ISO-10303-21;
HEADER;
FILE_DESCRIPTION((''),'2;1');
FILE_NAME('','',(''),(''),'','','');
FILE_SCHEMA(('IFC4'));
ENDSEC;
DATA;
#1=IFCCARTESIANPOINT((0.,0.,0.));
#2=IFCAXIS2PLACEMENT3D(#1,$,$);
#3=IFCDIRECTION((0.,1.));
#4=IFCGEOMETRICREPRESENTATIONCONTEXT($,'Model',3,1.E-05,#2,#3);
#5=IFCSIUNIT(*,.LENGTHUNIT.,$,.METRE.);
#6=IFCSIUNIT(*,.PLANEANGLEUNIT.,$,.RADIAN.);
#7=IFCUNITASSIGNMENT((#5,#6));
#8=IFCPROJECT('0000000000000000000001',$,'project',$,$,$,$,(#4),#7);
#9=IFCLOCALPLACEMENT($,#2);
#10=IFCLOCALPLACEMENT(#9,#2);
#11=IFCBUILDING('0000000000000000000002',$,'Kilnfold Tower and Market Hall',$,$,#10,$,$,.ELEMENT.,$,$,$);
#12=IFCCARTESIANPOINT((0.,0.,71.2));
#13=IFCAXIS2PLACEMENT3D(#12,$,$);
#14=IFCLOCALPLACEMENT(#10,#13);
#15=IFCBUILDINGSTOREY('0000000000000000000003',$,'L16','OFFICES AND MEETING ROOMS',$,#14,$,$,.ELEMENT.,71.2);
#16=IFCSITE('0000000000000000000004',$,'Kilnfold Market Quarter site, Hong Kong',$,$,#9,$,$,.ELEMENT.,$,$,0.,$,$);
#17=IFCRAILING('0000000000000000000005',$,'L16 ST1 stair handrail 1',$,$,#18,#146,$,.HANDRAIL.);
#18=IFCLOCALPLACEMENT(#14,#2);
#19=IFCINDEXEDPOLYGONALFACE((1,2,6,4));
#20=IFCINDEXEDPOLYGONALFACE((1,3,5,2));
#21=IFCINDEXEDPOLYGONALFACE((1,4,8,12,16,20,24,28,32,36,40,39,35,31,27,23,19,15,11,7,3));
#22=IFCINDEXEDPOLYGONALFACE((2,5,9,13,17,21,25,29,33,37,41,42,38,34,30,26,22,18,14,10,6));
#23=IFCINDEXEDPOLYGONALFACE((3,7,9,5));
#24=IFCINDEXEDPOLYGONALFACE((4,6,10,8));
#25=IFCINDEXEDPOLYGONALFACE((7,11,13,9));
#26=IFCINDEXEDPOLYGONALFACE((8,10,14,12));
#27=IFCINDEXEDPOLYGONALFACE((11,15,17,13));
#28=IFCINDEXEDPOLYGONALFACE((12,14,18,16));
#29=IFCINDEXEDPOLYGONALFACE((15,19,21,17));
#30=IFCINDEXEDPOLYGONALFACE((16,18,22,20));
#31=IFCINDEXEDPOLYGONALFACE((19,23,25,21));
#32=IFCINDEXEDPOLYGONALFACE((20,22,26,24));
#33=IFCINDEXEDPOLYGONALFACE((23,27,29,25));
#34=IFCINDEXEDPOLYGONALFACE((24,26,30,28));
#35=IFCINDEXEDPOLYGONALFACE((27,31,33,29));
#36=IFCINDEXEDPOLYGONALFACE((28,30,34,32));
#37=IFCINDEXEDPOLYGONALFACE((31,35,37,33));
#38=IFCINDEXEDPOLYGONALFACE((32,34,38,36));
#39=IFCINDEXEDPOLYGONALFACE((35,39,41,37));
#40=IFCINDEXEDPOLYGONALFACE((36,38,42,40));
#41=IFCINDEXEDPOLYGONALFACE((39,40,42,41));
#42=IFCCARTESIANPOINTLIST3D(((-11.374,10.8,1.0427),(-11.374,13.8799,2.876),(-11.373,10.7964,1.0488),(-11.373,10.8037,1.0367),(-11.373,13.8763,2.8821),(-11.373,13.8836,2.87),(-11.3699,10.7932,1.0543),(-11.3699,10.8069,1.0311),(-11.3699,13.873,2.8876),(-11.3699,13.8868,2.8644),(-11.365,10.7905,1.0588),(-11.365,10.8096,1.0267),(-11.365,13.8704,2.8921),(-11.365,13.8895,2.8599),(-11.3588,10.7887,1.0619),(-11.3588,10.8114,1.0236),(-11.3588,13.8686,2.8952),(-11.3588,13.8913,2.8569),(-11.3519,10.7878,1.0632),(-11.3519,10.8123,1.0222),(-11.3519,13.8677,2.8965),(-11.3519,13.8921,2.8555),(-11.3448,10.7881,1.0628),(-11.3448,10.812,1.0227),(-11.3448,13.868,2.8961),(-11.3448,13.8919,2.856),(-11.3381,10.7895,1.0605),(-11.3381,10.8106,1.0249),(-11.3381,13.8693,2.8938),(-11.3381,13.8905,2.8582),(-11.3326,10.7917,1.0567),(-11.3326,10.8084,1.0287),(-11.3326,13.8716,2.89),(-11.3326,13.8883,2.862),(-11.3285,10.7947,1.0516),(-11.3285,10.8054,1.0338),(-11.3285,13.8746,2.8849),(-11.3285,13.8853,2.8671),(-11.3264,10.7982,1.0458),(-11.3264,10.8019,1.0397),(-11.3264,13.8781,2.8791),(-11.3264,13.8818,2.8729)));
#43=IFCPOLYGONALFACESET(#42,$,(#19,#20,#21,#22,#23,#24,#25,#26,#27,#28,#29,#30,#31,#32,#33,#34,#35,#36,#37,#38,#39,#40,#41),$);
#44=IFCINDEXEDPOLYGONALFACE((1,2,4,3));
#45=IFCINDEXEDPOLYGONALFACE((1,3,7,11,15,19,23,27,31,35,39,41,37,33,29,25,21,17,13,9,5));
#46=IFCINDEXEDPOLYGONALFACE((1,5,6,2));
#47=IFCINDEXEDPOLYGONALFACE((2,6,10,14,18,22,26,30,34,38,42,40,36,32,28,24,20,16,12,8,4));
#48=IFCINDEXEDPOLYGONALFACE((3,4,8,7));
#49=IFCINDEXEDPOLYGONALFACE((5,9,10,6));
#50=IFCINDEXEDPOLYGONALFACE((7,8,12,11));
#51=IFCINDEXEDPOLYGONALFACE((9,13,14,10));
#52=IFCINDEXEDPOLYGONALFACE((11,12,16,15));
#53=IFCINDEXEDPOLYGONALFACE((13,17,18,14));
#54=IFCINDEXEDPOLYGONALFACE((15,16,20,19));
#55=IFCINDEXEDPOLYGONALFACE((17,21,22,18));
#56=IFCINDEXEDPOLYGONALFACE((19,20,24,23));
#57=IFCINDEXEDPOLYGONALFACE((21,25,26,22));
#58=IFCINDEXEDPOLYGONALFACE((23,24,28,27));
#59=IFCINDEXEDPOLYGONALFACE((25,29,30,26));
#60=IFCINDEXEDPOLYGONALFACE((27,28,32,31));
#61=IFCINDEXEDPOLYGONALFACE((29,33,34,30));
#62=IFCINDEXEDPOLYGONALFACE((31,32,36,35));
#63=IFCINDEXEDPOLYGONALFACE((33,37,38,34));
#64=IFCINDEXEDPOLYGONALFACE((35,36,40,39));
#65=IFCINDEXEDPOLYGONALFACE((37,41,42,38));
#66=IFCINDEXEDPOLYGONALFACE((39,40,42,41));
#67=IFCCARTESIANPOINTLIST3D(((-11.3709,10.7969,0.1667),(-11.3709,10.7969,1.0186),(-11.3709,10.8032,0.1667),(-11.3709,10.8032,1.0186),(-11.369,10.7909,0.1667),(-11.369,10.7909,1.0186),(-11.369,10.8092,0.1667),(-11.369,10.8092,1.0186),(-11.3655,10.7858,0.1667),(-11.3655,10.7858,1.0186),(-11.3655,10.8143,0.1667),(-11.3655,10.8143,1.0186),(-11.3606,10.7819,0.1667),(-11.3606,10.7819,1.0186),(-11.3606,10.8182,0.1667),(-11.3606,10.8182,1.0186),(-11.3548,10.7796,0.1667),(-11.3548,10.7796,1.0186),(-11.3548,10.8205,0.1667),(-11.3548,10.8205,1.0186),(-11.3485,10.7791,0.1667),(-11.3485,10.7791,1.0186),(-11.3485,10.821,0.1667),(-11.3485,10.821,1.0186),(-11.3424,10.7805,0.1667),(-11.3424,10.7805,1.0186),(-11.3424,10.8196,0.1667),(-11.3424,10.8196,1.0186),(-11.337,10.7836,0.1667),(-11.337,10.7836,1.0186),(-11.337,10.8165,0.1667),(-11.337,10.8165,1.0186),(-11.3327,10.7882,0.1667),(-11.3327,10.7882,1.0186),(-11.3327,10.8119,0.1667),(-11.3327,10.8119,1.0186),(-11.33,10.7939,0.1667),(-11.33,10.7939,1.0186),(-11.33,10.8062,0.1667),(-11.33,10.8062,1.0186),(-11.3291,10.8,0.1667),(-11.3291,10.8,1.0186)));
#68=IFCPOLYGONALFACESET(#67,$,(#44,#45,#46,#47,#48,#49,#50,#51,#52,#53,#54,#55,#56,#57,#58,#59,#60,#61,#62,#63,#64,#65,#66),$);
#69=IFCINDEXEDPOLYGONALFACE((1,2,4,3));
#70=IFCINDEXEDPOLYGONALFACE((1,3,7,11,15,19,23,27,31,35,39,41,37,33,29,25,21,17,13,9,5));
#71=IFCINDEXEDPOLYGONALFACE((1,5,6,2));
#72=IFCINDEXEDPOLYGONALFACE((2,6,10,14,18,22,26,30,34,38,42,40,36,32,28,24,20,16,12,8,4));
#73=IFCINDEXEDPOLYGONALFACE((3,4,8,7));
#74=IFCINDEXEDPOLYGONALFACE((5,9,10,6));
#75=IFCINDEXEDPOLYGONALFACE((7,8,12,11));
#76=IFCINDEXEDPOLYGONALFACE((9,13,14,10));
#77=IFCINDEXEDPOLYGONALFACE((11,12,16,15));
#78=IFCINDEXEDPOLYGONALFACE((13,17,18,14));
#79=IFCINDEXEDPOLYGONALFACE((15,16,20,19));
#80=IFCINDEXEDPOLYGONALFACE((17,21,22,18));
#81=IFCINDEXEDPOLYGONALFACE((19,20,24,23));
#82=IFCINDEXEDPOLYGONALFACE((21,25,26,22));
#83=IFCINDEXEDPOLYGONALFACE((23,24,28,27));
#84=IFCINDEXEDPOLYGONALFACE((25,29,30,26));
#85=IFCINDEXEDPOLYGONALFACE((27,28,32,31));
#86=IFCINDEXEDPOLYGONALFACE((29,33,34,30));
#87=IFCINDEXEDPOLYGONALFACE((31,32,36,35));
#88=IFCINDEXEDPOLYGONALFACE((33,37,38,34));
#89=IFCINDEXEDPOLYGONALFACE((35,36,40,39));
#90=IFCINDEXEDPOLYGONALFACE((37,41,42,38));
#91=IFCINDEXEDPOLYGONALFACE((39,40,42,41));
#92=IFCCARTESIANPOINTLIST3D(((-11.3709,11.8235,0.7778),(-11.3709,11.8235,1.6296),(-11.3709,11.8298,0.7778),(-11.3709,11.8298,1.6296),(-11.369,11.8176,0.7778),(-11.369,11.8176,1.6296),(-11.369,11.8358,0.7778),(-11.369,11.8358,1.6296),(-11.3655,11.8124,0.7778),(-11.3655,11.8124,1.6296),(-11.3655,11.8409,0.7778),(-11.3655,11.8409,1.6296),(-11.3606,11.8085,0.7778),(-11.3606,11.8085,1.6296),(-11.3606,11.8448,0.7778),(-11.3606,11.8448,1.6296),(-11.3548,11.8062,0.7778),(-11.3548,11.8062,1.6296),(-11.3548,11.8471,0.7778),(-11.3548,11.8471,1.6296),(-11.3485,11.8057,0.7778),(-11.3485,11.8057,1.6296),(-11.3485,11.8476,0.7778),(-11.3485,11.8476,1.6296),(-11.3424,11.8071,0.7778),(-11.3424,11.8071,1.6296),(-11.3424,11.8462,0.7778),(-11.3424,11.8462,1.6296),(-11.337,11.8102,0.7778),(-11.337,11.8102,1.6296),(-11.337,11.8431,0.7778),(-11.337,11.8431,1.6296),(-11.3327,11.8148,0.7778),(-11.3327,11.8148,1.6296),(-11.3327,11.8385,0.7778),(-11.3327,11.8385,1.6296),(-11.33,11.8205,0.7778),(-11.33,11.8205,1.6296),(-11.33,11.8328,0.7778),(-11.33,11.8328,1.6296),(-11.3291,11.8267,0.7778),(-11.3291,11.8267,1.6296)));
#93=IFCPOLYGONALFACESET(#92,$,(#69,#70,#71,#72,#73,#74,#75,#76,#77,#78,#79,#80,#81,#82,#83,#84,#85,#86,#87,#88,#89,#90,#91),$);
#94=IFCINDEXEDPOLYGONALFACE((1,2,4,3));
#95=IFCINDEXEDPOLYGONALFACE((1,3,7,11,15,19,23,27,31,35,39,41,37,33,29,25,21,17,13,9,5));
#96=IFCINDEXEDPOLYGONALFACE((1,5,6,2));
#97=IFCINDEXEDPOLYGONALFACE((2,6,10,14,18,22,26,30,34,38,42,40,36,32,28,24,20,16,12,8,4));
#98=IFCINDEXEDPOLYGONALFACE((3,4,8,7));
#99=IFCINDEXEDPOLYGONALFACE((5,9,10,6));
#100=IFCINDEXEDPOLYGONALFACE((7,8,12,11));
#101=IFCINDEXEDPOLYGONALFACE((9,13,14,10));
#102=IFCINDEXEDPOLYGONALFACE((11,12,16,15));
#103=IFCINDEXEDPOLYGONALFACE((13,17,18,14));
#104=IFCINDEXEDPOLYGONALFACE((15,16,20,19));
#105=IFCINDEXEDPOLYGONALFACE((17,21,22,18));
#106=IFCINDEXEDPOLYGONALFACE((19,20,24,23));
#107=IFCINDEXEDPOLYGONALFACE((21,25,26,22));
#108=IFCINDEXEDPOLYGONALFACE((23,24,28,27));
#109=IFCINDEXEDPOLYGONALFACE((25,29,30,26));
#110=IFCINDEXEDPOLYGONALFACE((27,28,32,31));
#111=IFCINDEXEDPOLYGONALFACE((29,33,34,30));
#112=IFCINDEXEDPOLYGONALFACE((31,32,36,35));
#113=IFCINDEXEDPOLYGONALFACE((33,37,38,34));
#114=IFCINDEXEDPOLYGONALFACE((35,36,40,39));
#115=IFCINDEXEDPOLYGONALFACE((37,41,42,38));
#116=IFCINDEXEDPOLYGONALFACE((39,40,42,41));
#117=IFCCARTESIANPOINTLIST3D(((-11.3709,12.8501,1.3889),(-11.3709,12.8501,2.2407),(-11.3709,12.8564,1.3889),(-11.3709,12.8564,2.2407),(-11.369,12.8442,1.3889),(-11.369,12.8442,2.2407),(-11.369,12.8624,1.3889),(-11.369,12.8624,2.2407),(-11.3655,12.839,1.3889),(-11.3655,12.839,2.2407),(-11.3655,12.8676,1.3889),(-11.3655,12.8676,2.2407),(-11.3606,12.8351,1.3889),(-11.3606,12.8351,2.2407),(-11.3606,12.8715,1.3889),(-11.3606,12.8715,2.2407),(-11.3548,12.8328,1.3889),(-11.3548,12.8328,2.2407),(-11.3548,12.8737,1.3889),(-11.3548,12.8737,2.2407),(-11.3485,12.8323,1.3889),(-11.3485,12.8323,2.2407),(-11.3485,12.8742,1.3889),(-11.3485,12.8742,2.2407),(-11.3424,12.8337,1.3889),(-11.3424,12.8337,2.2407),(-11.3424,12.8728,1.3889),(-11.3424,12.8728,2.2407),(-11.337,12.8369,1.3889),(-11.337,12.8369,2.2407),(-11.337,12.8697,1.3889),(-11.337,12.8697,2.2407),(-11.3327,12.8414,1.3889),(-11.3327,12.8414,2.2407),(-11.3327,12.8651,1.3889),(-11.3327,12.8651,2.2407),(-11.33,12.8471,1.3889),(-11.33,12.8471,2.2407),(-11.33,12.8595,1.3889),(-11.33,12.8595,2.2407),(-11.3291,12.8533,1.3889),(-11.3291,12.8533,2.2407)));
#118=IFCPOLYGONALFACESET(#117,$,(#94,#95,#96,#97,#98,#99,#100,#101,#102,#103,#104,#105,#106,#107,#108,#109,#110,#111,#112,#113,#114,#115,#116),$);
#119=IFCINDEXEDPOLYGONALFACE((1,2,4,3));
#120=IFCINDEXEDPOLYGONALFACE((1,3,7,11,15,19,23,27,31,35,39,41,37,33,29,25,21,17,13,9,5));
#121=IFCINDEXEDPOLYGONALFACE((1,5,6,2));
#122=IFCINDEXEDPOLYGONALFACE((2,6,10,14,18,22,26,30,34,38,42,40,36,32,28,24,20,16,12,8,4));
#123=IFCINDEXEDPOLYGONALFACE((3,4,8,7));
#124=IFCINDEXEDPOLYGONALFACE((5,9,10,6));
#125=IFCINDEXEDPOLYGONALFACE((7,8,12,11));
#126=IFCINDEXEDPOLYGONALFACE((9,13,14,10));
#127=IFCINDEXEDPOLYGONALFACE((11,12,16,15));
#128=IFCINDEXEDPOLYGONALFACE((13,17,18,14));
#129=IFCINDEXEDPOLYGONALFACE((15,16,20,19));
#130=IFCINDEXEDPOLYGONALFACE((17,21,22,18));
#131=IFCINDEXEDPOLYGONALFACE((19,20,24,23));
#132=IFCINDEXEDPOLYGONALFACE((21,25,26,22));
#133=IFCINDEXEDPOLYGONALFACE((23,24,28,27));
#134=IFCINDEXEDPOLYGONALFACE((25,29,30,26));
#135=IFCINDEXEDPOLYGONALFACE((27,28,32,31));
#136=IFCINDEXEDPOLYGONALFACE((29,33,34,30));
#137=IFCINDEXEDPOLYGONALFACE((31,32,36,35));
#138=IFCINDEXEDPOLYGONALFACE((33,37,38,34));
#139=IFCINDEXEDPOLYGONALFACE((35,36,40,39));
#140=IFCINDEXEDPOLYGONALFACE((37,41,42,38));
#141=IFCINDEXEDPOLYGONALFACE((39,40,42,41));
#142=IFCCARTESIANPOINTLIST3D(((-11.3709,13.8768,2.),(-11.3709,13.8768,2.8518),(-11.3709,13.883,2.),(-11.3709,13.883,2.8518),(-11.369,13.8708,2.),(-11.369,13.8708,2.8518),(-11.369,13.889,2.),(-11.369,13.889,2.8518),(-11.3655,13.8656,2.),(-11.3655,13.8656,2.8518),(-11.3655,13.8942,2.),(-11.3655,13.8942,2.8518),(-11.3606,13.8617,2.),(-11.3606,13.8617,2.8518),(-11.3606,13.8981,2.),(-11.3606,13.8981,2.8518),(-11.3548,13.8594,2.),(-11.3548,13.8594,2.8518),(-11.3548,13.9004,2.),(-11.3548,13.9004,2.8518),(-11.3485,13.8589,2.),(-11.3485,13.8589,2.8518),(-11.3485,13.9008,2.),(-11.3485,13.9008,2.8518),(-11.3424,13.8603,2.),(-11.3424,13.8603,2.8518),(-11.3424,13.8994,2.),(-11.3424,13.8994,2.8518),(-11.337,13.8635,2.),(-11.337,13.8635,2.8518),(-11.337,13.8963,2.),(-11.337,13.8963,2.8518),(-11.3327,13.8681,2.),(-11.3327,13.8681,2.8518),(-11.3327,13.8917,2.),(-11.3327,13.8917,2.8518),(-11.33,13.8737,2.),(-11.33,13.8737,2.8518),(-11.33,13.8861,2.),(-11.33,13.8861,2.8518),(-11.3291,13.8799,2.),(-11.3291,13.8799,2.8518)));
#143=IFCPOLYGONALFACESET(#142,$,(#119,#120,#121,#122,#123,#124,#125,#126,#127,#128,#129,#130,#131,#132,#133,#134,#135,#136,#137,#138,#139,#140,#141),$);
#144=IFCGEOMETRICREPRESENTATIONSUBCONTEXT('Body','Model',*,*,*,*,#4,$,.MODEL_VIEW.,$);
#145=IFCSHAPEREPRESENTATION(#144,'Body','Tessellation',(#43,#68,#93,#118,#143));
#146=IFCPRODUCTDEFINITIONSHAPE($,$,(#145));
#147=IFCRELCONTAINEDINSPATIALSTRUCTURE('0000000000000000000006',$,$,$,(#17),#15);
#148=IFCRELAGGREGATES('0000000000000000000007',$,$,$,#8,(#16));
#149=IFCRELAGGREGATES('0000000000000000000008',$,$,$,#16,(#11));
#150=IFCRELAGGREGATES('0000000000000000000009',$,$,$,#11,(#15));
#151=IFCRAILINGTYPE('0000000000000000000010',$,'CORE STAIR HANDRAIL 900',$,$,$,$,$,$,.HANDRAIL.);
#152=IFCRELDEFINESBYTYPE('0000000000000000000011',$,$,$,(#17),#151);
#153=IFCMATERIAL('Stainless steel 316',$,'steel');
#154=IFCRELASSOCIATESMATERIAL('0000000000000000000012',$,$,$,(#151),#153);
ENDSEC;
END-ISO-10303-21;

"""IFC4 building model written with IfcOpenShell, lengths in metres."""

from ifc_helpers import new_model, si_unit, direction, frame, origin, origin_2d, place, context, subcontext, project, spatial, circle, extrude, material, type_object, element, save


model = new_model("IFC4")

# Units and contexts
model_context = context("Model", 3, precision=1e-05, world=origin(), true_north=direction((0.0, 1.0)))
body_context = subcontext(model_context, "Body", "Model", "MODEL_VIEW")
ifc_project = project(units=[si_unit("LENGTHUNIT", "METRE"), si_unit("PLANEANGLEUNIT", "RADIAN")], contexts=[model_context])

# Site, building, storey
site_placement = place(None, origin())
site = spatial("IfcSite", under=ifc_project, at=site_placement, Name="Kilnfold Market Quarter site, Hong Kong", CompositionType="ELEMENT", RefElevation=0.0)
building_placement = place(site_placement, origin())
building = spatial("IfcBuilding", under=site, at=building_placement, Name="Kilnfold Tower and Market Hall", CompositionType="ELEMENT")
storey_placement = place(building_placement, frame((0.0, 0.0, 71.2)))
storey = spatial("IfcBuildingStorey", under=building, at=storey_placement, Name="L16", Description="OFFICES AND MEETING ROOMS", CompositionType="ELEMENT", Elevation=71.2)

# Railing
ifc_material_1 = material(Name="Stainless steel 316", Category="steel")
railing_type_1 = type_object("IfcRailingType", Name="CORE STAIR HANDRAIL 900", PredefinedType="HANDRAIL", material=ifc_material_1)
railing_1_placement = place(storey_placement, frame((-11.3501, 10.8, 0.1667)))
element("IfcRailing", 1, at=railing_1_placement, inside=storey, type_object=railing_type_1, Name="L16 ST1 stair handrail 1", PredefinedType="HANDRAIL", context=body_context, shape_type="SweptSolid", body=[
    extrude(circle(Radius=0.0239, at=origin_2d()), frame((0.0, 0.0, 0.876), z_axis=(0.0, 0.859291, 0.511487), x_axis=(-1.0, 0.0, 0.0)), (0.0, 0.0, 1.0), 3.5842),
    extrude(circle(Radius=0.021, at=origin_2d()), origin(), (0.0, 0.0, 1.0), 0.8518),
    extrude(circle(Radius=0.021, at=origin_2d()), frame((0.0, 1.0266, 0.6111)), (0.0, 0.0, 1.0), 0.8518),
    extrude(circle(Radius=0.021, at=origin_2d()), frame((0.0, 2.0532, 1.2222)), (0.0, 0.0, 1.0), 0.8518),
    extrude(circle(Radius=0.021, at=origin_2d()), frame((0.0, 3.0798, 1.8333)), (0.0, 0.0, 1.0), 0.8518),
])

save(model, "model.ifc")
